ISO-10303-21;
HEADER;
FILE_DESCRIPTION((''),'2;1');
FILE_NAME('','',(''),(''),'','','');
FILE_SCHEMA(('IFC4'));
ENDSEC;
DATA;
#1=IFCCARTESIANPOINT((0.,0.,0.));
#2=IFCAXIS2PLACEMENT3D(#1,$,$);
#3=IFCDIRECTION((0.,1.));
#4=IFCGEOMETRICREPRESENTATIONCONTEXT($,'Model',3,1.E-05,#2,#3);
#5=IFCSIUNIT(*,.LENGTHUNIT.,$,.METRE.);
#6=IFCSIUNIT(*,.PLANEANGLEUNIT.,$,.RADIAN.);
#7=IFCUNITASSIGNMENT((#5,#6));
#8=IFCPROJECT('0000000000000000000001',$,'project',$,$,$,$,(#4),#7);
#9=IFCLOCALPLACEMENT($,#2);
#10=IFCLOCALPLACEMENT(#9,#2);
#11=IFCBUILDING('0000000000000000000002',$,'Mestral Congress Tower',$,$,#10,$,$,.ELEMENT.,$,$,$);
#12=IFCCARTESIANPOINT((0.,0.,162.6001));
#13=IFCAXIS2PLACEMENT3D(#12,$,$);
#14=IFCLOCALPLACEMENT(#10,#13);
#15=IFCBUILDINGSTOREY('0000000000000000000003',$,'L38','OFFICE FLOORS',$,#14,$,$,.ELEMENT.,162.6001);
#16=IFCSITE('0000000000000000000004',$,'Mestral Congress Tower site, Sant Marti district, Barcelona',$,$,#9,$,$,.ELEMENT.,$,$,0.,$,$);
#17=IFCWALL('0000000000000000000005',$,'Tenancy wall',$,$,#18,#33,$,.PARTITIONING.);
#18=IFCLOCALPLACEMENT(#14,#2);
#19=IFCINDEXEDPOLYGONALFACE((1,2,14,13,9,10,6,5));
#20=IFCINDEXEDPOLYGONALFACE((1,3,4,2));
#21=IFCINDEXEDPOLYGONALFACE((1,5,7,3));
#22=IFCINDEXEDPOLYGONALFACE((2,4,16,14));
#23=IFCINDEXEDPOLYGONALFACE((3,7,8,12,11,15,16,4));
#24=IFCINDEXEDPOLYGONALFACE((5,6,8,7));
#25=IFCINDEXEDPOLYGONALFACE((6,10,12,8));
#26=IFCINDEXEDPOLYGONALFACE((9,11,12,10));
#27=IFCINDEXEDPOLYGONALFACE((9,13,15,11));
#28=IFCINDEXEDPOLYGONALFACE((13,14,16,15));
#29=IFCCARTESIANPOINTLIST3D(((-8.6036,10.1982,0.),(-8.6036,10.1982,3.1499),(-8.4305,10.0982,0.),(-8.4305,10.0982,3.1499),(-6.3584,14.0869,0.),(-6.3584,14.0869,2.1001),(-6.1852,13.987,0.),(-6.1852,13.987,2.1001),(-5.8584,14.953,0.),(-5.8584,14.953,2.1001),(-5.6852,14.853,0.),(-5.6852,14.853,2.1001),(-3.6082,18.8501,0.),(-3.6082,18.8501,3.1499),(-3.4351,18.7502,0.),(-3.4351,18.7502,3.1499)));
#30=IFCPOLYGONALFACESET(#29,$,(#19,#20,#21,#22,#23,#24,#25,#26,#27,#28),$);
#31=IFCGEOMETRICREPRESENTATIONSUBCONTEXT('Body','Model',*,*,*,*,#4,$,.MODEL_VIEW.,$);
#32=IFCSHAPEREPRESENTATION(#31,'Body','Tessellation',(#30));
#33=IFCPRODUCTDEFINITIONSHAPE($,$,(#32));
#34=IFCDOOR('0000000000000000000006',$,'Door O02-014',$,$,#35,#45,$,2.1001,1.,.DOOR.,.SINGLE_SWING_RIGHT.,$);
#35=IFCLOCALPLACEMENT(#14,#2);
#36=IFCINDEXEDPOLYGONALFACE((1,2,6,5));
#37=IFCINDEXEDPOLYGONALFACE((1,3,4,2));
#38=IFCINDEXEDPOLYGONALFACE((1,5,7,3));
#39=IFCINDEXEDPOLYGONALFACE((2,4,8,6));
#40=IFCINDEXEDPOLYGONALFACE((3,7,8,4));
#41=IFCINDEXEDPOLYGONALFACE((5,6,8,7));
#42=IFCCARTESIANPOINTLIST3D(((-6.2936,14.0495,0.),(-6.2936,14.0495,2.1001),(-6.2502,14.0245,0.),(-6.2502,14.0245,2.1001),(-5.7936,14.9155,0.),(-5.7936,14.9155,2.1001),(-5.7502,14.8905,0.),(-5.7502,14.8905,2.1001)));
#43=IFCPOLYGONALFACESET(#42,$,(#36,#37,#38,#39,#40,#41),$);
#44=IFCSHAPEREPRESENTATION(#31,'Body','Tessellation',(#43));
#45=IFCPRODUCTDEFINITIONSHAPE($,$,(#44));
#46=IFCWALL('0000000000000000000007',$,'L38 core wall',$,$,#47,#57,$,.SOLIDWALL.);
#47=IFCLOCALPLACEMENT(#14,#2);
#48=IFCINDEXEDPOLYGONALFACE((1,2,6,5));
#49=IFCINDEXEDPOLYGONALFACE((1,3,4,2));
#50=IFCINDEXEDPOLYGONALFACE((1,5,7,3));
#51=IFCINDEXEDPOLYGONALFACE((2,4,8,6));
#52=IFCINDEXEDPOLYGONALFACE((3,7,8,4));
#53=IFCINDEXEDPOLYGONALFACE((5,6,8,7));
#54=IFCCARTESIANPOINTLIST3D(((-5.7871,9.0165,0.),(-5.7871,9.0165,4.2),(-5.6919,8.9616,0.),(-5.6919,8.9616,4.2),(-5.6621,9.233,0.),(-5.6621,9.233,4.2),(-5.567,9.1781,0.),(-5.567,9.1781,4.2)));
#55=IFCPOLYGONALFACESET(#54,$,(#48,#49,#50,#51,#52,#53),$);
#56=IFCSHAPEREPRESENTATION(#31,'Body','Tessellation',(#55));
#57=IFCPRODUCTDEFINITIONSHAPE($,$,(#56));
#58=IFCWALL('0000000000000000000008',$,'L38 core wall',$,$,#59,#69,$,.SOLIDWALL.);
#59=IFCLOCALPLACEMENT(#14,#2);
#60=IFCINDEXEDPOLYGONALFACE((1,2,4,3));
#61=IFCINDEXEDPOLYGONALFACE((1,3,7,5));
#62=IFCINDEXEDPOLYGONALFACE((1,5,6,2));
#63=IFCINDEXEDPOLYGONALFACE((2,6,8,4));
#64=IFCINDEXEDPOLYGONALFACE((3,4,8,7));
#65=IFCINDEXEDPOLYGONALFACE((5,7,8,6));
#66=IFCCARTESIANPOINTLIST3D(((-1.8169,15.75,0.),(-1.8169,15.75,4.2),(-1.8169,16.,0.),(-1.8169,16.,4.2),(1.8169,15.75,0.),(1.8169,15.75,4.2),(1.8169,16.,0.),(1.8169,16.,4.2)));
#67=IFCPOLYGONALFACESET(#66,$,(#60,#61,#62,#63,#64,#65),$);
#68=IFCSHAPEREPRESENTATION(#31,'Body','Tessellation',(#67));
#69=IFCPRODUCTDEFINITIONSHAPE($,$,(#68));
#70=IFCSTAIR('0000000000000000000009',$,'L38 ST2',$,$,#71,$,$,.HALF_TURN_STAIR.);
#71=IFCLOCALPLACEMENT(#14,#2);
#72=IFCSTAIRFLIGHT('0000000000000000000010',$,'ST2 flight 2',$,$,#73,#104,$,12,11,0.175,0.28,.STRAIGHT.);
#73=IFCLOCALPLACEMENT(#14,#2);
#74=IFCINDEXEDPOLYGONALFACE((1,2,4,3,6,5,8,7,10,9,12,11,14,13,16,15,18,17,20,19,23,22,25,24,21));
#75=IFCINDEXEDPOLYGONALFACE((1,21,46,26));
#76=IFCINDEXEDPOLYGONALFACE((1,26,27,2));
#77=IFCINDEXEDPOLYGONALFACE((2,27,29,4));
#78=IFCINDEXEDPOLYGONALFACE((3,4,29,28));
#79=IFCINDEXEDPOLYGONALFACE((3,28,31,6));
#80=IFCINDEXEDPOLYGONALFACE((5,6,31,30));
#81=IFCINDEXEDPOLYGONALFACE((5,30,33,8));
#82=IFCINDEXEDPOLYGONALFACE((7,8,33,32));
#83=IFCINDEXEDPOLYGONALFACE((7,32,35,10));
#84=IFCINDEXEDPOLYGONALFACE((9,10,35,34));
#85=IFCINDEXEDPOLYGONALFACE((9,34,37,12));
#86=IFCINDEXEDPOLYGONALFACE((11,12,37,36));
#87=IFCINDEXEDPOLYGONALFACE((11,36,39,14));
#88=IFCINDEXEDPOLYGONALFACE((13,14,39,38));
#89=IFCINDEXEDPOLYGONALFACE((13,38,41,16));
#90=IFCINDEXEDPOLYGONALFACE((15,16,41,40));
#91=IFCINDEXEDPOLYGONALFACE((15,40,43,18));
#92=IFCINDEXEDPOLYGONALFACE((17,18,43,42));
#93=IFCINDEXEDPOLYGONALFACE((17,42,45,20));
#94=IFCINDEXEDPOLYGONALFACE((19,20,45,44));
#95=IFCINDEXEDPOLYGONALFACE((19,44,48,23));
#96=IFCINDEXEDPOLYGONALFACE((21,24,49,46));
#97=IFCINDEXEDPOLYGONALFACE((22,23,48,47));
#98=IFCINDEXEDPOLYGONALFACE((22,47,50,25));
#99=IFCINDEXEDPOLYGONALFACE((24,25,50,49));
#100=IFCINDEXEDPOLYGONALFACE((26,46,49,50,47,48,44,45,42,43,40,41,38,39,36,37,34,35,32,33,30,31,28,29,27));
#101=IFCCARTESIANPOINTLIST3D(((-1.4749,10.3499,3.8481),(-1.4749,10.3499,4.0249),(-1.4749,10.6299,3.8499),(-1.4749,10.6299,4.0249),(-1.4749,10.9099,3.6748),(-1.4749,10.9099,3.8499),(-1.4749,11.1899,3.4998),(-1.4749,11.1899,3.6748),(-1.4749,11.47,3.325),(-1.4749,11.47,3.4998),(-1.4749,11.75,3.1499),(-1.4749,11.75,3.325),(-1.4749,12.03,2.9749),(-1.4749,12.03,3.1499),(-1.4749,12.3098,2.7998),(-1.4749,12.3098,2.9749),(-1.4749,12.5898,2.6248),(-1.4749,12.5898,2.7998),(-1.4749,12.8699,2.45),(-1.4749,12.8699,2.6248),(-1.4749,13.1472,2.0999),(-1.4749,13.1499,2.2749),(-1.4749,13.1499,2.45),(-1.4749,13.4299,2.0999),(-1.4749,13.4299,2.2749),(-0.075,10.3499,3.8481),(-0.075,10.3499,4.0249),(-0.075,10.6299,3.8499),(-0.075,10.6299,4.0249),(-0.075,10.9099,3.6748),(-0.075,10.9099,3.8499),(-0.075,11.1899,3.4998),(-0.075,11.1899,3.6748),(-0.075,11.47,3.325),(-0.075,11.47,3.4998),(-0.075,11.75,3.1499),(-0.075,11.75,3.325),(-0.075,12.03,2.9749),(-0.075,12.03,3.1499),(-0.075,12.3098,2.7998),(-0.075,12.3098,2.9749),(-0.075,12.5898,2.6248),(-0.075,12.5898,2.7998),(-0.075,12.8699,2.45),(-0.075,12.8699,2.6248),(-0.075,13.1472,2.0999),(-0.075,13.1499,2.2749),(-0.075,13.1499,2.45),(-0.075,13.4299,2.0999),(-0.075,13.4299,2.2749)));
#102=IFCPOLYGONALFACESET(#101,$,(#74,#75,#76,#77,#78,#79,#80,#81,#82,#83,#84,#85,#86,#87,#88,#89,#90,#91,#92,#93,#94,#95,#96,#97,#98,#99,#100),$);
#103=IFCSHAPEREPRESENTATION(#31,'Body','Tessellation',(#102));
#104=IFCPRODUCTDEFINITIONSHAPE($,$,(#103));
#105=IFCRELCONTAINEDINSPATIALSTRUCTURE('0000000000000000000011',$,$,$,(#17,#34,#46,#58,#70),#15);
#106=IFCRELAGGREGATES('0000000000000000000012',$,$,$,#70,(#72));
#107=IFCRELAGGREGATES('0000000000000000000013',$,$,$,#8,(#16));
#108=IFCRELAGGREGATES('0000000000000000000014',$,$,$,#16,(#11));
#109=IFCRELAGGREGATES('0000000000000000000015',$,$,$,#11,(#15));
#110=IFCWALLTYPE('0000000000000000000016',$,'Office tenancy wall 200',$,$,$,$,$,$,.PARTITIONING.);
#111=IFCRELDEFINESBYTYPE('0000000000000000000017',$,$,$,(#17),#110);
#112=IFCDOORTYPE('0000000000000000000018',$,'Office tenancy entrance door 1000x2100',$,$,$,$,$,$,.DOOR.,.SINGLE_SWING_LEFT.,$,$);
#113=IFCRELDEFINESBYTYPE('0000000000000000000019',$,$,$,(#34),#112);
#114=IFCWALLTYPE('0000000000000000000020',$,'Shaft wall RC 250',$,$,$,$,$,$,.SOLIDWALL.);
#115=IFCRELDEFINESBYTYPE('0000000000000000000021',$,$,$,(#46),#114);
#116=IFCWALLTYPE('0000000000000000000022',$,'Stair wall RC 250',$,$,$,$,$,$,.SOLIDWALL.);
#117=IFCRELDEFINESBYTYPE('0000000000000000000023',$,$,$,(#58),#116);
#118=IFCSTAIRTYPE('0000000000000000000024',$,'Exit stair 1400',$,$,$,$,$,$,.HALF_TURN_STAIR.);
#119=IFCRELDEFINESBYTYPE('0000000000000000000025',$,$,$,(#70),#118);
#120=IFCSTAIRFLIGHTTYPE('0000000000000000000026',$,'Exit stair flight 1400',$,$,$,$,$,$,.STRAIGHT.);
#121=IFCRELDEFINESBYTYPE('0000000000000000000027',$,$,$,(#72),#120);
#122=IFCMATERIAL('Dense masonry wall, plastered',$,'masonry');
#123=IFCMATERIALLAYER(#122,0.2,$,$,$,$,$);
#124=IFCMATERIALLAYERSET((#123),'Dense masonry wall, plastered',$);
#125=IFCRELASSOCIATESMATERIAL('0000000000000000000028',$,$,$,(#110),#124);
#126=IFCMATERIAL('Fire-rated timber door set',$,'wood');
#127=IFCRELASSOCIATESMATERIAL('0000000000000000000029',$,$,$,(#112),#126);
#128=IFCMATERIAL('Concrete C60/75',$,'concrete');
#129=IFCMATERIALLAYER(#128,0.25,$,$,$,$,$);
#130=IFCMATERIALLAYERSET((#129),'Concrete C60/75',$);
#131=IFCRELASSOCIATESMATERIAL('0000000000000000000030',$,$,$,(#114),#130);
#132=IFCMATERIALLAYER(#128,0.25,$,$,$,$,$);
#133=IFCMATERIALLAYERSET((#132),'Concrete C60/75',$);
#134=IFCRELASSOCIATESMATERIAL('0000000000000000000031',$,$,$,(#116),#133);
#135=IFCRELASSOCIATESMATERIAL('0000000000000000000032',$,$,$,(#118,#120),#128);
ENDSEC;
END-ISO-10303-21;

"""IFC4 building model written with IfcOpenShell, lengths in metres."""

from ifc_helpers import new_model, si_unit, direction, frame, frame_2d, origin, place, context, subcontext, project, spatial, polyline, rectangle, outline, extrude, material, layer, layer_set, type_object, element, fill, aggregate, save


model = new_model("IFC4")

# Units and contexts
model_context = context("Model", 3, precision=1e-05, world=origin(), true_north=direction((0.0, 1.0)))
body_context = subcontext(model_context, "Body", "Model", "MODEL_VIEW")
ifc_project = project(units=[si_unit("LENGTHUNIT", "METRE"), si_unit("PLANEANGLEUNIT", "RADIAN")], contexts=[model_context])

# Site, building, storey
site_placement = place(None, origin())
site = spatial("IfcSite", under=ifc_project, at=site_placement, Name="Mestral Congress Tower site, Sant Marti district, Barcelona", CompositionType="ELEMENT", RefElevation=0.0)
building_placement = place(site_placement, origin())
building = spatial("IfcBuilding", under=site, at=building_placement, Name="Mestral Congress Tower", CompositionType="ELEMENT")
storey_placement = place(building_placement, frame((0.0, 0.0, 162.6001)))
storey = spatial("IfcBuildingStorey", under=building, at=storey_placement, Name="L38", Description="OFFICE FLOORS", CompositionType="ELEMENT", Elevation=162.6001)

# Shared definitions
ifc_material_1 = material(Name="Concrete C60/75", Category="concrete")

# Shared definitions
ifc_material_2 = material(Name="Dense masonry wall, plastered", Category="masonry")
ifc_layer_1 = layer(ifc_material_2, 0.2)
ifc_layer_set_1 = layer_set([ifc_layer_1], Name="Dense masonry wall, plastered")
wall_type_1 = type_object("IfcWallType", Name="Office tenancy wall 200", PredefinedType="PARTITIONING", material=ifc_layer_set_1)

# Wall, opening, door
wall_1_placement = place(storey_placement, frame((-3.5217, 18.8, 0.0), z_axis=(0.0, 0.0, 1.0), x_axis=(-0.500016, -0.866016, 0.0)))
wall_1 = element("IfcWall", 1, at=wall_1_placement, inside=storey, type_object=wall_type_1, Name="Tenancy wall", PredefinedType="PARTITIONING", context=body_context, shape_type="SweptSolid", body=[
    extrude(rectangle(XDim=9.9905, YDim=0.2, at=frame_2d((4.9951, 0.0))), origin(), (0.0, 0.0, 1.0), 3.1499),
])
opening_1_placement = place(wall_1_placement, frame((4.5, 0.0, 0.0)))
opening_1 = element("IfcOpeningElement", 2, at=opening_1_placement, cuts=wall_1, PredefinedType="OPENING", context=body_context, shape_type="SweptSolid", body=[
    extrude(rectangle(XDim=1.0, YDim=2.1001, at=frame_2d((0.5, 1.05))), frame((0.0, 0.1099, 0.0), z_axis=(0.0, -1.0, 0.0), x_axis=(1.0, 0.0, 0.0)), (0.0, 0.0, 1.0), 0.22),
])
ifc_material_3 = material(Name="Fire-rated timber door set", Category="wood")
door_type_1 = type_object("IfcDoorType", Name="Office tenancy entrance door 1000x2100", OperationType="SINGLE_SWING_LEFT", PredefinedType="DOOR", material=ifc_material_3)
door_1_placement = place(opening_1_placement, origin())
door_1 = element("IfcDoor", 3, at=door_1_placement, inside=storey, type_object=door_type_1, Name="Door O02-014", OperationType="SINGLE_SWING_RIGHT", OverallHeight=2.1001, OverallWidth=1.0, PredefinedType="DOOR", context=body_context, shape_type="SweptSolid", body=[
    extrude(rectangle(XDim=1.0, YDim=2.1001, at=frame_2d((0.5, 1.05))), frame((0.0, 0.0249, 0.0), z_axis=(0.0, -1.0, 0.0), x_axis=(1.0, 0.0, 0.0)), (0.0, 0.0, 1.0), 0.05),
])
fill(opening_1, door_1)

# Walls
ifc_layer_2 = layer(ifc_material_1, 0.25)
ifc_layer_set_2 = layer_set([ifc_layer_2], Name="Concrete C60/75")
wall_type_2 = type_object("IfcWallType", Name="Shaft wall RC 250", PredefinedType="SOLIDWALL", material=ifc_layer_set_2)
wall_2_placement = place(storey_placement, frame((-5.7246, 9.1248, 0.0), z_axis=(0.0, 0.0, 1.0), x_axis=(0.866186, -0.499722, 0.0)))
element("IfcWall", 4, at=wall_2_placement, inside=storey, type_object=wall_type_2, Name="L38 core wall", PredefinedType="SOLIDWALL", context=body_context, shape_type="SweptSolid", body=[
    extrude(rectangle(XDim=0.1099, YDim=0.25, at=frame_2d((0.0549, 0.0))), origin(), (0.0, 0.0, 1.0), 4.2),
])
ifc_layer_3 = layer(ifc_material_1, 0.25)
ifc_layer_set_3 = layer_set([ifc_layer_3], Name="Concrete C60/75")
wall_type_3 = type_object("IfcWallType", Name="Stair wall RC 250", PredefinedType="SOLIDWALL", material=ifc_layer_set_3)
wall_3_placement = place(storey_placement, frame((-1.8169, 15.875, 0.0), z_axis=(0.0, 0.0, 1.0), x_axis=(1.0, 0.0, 0.0)))
element("IfcWall", 5, at=wall_3_placement, inside=storey, type_object=wall_type_3, Name="L38 core wall", PredefinedType="SOLIDWALL", context=body_context, shape_type="SweptSolid", body=[
    extrude(rectangle(XDim=3.6338, YDim=0.25, at=frame_2d((1.8169, 0.0))), origin(), (0.0, 0.0, 1.0), 4.2),
])

# Stair, stair flight
stair_type = type_object("IfcStairType", Name="Exit stair 1400", PredefinedType="HALF_TURN_STAIR", material=ifc_material_1)
stair_placement = place(storey_placement, origin())
stair = element("IfcStair", 6, at=stair_placement, inside=storey, type_object=stair_type, Name="L38 ST2", PredefinedType="HALF_TURN_STAIR")
stair_flight_type = type_object("IfcStairFlightType", Name="Exit stair flight 1400", PredefinedType="STRAIGHT", material=ifc_material_1)
stair_flight_placement = place(storey_placement, frame((-0.7749, 13.4299, 2.0999), z_axis=(0.0, 0.0, 1.0), x_axis=(0.0, -1.0, 0.0)))
stair_flight = element("IfcStairFlight", 7, at=stair_flight_placement, type_object=stair_flight_type, Name="ST2 flight 2", NumberOfRisers=12, NumberOfTreads=11, PredefinedType="STRAIGHT", RiserHeight=0.175, TreadLength=0.28, context=body_context, shape_type="SweptSolid", body=[
    extrude(outline(polyline([(0.0, 0.0), (0.0, 0.175), (0.28, 0.175), (0.28, 0.3501), (0.5601, 0.3501), (0.5601, 0.5249), (0.8401, 0.5249), (0.8401, 0.7), (1.1201, 0.7), (1.1201, 0.875), (1.3999, 0.875), (1.3999, 1.05), (1.6799, 1.05), (1.6799, 1.2251), (1.96, 1.2251), (1.96, 1.3999), (2.24, 1.3999), (2.24, 1.575), (2.52, 1.575), (2.52, 1.75), (2.8, 1.75), (2.8, 1.925), (3.0801, 1.925), (3.0801, 2.1001), (3.0801, 1.7483), (0.2827, 0.0), (0.0, 0.0)])), frame((0.0, 0.7, 0.0), z_axis=(0.0, -1.0, 0.0), x_axis=(1.0, 0.0, 0.0)), (0.0, 0.0, 1.0), 1.3999),
])
aggregate(stair, [stair_flight])

save(model, "model.ifc")
